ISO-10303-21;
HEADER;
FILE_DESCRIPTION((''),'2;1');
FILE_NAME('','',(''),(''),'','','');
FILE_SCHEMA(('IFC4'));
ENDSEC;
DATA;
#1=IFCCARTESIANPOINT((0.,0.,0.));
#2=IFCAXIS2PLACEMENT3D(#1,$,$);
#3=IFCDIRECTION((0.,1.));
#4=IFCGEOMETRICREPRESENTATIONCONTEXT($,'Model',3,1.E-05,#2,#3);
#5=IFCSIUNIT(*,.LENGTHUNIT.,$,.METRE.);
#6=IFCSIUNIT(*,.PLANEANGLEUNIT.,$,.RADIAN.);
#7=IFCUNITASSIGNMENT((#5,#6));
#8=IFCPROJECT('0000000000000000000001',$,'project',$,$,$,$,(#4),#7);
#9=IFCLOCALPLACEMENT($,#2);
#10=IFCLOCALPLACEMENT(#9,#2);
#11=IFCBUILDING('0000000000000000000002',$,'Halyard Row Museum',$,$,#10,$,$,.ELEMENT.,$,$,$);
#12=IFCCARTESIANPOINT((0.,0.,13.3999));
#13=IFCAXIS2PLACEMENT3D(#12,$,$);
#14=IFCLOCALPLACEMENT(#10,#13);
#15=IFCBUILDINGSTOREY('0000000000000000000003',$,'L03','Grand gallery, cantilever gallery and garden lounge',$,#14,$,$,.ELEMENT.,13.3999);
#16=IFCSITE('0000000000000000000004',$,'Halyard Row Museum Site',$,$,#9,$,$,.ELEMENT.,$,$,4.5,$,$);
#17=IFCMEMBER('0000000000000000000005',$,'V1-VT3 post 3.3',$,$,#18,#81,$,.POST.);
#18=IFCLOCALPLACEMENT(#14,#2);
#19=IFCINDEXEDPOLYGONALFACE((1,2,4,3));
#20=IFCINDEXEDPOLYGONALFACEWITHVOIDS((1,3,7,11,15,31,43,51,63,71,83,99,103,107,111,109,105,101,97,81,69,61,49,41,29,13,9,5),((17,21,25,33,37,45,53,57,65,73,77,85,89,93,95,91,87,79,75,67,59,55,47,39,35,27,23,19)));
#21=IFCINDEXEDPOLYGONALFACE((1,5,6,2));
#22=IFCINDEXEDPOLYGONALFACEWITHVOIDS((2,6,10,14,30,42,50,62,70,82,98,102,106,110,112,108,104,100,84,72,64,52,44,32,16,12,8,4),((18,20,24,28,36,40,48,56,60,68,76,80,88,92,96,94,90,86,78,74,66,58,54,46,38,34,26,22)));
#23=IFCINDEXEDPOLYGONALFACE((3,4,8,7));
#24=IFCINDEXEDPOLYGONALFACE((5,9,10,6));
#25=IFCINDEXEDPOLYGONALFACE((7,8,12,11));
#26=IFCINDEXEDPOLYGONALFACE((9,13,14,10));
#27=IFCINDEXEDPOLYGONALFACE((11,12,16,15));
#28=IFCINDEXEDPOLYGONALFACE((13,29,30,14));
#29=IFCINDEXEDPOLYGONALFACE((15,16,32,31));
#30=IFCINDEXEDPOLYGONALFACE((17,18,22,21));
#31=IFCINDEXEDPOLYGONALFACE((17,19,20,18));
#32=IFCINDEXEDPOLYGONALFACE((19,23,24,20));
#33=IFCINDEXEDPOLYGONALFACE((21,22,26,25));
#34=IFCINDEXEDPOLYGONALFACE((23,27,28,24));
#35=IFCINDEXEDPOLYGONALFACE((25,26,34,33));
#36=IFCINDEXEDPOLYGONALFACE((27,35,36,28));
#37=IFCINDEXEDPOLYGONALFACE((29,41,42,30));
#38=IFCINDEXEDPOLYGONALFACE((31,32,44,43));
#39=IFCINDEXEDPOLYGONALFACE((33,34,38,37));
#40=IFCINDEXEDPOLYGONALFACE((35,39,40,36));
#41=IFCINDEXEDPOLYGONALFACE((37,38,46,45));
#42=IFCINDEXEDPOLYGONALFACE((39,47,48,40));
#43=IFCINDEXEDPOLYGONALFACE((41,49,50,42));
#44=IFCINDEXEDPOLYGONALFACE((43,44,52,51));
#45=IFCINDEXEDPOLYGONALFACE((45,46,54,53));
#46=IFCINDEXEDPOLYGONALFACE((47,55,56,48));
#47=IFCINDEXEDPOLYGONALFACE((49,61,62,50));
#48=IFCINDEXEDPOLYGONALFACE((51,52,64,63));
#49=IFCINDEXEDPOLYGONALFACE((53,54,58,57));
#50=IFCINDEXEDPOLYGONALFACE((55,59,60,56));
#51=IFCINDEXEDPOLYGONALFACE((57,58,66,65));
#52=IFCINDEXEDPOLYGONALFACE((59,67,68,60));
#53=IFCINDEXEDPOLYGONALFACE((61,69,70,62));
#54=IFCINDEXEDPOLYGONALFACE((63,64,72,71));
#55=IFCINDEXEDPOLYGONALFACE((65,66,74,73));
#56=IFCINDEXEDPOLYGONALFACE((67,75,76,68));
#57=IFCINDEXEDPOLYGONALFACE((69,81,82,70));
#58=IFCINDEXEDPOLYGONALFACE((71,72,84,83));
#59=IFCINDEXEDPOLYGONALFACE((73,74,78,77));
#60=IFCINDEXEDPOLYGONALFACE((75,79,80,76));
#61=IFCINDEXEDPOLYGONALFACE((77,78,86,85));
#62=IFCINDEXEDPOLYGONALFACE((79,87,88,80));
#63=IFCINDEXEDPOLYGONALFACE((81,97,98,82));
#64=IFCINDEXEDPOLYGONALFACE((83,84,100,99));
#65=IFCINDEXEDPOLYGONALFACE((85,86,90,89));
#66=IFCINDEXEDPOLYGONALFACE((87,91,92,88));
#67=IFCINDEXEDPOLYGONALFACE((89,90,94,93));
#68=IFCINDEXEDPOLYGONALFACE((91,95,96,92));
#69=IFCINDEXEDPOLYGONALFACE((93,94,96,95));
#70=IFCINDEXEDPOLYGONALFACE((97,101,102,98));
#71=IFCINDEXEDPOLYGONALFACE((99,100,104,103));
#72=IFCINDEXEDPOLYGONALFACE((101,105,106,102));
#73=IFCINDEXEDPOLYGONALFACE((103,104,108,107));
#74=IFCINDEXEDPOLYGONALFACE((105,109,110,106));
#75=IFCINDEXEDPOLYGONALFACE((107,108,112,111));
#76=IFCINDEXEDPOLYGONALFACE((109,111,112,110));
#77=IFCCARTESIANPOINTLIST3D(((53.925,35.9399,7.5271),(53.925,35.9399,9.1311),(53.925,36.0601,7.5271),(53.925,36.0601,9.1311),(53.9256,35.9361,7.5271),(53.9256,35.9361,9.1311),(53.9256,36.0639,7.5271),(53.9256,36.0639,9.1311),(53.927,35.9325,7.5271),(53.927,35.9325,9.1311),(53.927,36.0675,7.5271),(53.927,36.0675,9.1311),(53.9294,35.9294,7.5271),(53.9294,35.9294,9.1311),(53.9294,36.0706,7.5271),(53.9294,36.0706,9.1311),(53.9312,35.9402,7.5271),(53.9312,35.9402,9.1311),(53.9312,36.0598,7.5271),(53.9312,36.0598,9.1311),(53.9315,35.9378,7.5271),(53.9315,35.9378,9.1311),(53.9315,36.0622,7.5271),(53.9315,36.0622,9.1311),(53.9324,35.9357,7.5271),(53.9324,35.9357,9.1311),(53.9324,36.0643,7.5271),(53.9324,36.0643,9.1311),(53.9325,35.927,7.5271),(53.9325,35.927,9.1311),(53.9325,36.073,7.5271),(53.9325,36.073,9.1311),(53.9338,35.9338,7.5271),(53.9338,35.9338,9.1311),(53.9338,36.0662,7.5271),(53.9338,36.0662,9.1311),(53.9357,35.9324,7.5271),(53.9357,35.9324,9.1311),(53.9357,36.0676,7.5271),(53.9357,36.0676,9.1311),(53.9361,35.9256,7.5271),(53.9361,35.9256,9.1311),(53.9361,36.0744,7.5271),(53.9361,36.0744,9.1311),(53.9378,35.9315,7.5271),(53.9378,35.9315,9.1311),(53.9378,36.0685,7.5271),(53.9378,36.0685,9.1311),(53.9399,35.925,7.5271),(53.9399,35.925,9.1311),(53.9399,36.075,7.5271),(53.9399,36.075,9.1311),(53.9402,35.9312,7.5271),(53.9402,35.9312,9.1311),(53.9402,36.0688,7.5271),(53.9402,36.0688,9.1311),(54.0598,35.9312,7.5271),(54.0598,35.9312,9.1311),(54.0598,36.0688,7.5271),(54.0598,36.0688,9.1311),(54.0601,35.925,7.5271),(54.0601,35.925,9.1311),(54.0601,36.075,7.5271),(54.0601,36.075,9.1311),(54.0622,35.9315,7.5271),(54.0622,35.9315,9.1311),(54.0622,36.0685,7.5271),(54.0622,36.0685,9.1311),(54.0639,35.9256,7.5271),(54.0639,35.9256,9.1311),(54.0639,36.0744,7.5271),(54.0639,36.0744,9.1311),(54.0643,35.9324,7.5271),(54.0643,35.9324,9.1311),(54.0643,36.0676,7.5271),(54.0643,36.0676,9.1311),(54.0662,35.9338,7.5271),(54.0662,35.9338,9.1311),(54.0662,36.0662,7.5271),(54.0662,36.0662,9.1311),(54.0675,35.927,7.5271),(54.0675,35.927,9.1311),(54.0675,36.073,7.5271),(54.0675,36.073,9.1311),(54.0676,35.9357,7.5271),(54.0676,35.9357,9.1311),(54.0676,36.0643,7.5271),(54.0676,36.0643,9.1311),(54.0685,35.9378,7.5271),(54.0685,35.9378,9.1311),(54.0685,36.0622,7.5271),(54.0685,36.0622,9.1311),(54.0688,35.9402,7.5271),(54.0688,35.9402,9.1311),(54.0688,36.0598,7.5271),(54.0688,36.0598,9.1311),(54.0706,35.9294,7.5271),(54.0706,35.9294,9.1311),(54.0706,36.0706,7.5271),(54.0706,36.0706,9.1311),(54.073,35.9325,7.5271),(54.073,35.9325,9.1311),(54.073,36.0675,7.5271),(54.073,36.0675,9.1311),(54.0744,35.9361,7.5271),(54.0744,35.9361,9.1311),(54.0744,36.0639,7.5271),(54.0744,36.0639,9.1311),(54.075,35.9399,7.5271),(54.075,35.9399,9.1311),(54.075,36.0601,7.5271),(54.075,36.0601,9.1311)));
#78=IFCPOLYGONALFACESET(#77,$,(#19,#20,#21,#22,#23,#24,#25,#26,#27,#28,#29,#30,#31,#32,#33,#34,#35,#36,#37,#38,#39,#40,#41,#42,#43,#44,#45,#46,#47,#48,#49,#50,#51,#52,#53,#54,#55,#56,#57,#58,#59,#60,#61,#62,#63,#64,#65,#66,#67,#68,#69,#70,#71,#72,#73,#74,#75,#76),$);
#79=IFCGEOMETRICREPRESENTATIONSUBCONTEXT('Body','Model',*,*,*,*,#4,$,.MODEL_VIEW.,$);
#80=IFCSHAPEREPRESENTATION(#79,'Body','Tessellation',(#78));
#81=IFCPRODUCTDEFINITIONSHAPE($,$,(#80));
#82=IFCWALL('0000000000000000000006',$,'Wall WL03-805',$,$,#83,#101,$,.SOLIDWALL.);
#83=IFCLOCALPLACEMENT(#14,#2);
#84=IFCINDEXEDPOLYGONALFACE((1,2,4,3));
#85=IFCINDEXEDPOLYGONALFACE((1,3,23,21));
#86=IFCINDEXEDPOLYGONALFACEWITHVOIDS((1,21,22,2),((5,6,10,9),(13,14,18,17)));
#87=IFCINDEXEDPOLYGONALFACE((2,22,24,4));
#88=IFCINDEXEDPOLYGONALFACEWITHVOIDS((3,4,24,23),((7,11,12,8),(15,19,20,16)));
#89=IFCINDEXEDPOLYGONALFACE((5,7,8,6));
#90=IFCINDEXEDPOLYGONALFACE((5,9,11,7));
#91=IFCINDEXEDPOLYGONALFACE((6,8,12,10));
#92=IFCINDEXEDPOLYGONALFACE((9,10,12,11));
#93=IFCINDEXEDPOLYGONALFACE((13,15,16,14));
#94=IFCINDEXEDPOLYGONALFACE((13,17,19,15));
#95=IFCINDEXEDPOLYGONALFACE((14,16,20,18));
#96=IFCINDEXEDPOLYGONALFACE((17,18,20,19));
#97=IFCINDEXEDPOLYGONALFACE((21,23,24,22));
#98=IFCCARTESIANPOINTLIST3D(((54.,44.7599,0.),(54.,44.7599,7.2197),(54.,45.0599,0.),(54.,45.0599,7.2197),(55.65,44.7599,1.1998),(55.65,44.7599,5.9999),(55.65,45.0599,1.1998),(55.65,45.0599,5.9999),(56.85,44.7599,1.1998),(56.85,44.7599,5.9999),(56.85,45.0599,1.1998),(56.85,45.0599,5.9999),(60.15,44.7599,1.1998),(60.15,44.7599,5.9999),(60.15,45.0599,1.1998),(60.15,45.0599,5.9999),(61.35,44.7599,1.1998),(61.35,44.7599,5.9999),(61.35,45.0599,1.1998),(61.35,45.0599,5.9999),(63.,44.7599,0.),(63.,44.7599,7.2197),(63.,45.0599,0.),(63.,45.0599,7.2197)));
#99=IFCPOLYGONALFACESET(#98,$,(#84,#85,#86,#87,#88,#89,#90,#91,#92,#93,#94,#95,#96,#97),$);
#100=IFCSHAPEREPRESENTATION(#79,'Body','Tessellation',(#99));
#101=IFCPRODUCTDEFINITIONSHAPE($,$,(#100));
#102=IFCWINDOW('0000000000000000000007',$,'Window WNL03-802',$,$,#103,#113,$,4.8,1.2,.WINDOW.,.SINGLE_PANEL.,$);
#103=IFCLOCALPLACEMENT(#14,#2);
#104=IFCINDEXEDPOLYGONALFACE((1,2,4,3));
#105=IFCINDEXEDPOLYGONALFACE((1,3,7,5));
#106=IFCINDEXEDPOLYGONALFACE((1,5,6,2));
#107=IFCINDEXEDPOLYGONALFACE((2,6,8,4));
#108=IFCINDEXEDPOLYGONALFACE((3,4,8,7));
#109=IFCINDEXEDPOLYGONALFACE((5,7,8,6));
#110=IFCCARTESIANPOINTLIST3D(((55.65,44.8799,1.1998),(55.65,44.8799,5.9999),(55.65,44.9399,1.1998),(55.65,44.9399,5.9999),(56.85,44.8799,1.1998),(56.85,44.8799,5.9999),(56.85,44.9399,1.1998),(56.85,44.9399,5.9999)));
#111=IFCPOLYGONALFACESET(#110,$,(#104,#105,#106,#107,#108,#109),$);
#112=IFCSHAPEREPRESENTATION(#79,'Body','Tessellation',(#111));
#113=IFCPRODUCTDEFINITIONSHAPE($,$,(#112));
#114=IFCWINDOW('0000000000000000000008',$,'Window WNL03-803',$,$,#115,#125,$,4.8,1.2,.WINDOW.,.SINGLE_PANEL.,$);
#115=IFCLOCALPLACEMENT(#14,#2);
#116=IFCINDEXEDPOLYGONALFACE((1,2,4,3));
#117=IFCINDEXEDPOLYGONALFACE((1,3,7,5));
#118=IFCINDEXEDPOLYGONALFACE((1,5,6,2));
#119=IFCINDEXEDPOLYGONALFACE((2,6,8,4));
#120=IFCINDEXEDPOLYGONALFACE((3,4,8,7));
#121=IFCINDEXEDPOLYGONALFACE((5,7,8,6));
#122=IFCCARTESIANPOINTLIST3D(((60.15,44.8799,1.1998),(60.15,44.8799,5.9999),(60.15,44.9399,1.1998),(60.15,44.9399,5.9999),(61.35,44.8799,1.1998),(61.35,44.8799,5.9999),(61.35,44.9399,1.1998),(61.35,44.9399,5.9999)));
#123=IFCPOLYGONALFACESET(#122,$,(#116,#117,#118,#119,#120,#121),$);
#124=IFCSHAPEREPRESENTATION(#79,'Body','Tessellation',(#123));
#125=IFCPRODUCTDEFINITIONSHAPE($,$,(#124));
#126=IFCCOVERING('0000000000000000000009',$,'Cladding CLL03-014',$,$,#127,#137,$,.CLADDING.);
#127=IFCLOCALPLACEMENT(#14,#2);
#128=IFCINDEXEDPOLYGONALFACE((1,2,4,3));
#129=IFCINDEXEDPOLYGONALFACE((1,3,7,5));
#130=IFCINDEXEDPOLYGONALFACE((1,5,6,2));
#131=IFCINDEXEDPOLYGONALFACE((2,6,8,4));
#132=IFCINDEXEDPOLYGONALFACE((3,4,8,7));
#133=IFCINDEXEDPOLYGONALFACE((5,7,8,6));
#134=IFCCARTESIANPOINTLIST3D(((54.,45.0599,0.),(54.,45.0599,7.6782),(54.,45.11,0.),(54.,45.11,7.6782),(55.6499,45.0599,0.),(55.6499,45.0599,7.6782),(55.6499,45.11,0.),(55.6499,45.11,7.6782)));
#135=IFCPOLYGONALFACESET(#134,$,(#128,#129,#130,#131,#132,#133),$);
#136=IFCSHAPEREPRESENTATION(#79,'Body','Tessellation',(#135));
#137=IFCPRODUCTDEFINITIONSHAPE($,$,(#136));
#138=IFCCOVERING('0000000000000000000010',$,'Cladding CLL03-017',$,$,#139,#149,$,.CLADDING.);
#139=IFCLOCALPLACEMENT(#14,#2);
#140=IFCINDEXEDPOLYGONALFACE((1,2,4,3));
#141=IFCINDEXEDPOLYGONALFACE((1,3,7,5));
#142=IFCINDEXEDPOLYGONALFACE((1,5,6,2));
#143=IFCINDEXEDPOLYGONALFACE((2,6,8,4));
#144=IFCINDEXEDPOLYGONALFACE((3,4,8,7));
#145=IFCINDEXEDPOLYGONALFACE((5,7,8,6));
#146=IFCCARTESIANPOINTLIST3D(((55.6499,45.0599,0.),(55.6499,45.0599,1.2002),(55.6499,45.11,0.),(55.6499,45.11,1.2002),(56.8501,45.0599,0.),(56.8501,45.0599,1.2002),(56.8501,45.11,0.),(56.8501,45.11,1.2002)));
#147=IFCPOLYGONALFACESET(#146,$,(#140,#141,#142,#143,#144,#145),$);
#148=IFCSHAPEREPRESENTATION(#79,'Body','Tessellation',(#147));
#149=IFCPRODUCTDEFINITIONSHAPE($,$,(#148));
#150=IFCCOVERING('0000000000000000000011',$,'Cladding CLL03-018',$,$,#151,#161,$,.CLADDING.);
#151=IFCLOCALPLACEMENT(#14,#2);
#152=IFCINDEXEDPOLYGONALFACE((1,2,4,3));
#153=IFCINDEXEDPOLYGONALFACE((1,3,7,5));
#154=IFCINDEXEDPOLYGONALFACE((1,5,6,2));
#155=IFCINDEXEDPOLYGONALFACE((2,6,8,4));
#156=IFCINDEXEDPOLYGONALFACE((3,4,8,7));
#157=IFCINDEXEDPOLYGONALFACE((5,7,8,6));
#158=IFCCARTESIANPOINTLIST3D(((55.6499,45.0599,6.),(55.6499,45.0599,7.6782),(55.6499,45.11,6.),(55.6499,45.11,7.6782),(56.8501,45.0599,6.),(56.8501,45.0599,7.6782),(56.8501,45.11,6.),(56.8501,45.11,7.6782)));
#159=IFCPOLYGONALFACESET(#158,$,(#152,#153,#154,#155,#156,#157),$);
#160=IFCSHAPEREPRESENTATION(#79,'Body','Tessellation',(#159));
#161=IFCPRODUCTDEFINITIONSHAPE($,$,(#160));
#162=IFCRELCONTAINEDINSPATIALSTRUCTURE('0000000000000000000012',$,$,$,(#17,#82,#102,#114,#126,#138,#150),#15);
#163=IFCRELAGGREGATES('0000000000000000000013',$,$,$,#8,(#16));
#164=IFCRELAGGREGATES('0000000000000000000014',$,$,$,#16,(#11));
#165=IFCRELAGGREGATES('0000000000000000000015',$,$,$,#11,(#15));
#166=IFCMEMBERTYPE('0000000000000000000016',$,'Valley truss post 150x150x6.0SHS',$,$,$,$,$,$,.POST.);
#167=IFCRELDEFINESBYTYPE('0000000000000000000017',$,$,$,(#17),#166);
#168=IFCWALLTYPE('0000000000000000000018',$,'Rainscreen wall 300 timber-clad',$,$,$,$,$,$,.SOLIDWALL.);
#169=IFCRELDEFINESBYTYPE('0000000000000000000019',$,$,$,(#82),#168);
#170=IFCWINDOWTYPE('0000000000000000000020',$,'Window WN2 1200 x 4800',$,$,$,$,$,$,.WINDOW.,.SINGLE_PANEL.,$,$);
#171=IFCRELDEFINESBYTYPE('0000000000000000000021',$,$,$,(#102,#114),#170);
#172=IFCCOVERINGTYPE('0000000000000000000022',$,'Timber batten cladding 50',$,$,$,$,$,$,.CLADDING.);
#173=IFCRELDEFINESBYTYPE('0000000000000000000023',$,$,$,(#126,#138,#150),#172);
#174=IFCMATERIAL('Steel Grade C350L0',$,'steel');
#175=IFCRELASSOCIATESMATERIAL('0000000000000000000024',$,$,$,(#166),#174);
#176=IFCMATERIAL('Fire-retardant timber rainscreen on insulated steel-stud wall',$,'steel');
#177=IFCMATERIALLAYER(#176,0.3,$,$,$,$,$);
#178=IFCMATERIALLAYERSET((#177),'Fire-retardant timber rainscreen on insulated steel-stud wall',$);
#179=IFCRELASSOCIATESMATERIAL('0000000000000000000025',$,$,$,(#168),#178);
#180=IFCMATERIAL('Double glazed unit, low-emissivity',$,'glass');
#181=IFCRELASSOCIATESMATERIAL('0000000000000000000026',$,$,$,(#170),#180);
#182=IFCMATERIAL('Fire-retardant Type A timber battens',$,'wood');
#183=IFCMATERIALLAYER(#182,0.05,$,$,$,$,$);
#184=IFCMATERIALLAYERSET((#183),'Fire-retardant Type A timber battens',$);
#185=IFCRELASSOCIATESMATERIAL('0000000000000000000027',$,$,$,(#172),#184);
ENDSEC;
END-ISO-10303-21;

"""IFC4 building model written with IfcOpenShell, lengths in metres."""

from ifc_helpers import new_model, si_unit, direction, frame, frame_2d, origin, origin_2d, place, context, subcontext, project, spatial, rectangle, hollow_rectangle, extrude, material, layer, layer_set, material_profile, profile_set, type_object, element, fill, save


model = new_model("IFC4")

# Units and contexts
model_context = context("Model", 3, precision=1e-05, world=origin(), true_north=direction((0.0, 1.0)))
body_context = subcontext(model_context, "Body", "Model", "MODEL_VIEW")
ifc_project = project(units=[si_unit("LENGTHUNIT", "METRE"), si_unit("PLANEANGLEUNIT", "RADIAN")], contexts=[model_context])

# Site, building, storey
site_placement = place(None, origin())
site = spatial("IfcSite", under=ifc_project, at=site_placement, Name="Halyard Row Museum Site", CompositionType="ELEMENT", RefElevation=4.5)
building_placement = place(site_placement, origin())
building = spatial("IfcBuilding", under=site, at=building_placement, Name="Halyard Row Museum", CompositionType="ELEMENT")
storey_placement = place(building_placement, frame((0.0, 0.0, 13.3999)))
storey = spatial("IfcBuildingStorey", under=building, at=storey_placement, Name="L03", Description="Grand gallery, cantilever gallery and garden lounge", CompositionType="ELEMENT", Elevation=13.3999)

# Member
ifc_material_1 = material(Name="Steel Grade C350L0", Category="steel")
ifc_material_profile_1 = material_profile(ifc_material_1, hollow_rectangle(XDim=0.1499, YDim=0.1499, WallThickness=0.0061, InnerFilletRadius=0.009, OuterFilletRadius=0.0149, at=origin_2d()), Name="150x150x6.0SHS")
ifc_profile_set_1 = profile_set([ifc_material_profile_1], Name="Steel Grade C350L0")
member_type_1 = type_object("IfcMemberType", Name="Valley truss post 150x150x6.0SHS", PredefinedType="POST", material=ifc_profile_set_1)
member_1_placement = place(storey_placement, frame((54.0, 36.0, 7.5271), z_axis=(0.0, 0.0, 1.0), x_axis=(1.0, 0.0, 0.0)))
element("IfcMember", 1, at=member_1_placement, inside=storey, type_object=member_type_1, Name="V1-VT3 post 3.3", PredefinedType="POST", context=body_context, shape_type="SweptSolid", body=[
    extrude(hollow_rectangle(XDim=0.1499, YDim=0.1499, WallThickness=0.0061, InnerFilletRadius=0.009, OuterFilletRadius=0.0149, at=origin_2d()), origin(), (0.0, 0.0, 1.0), 1.604),
])

# Wall, openings, windows
ifc_material_2 = material(Name="Fire-retardant timber rainscreen on insulated steel-stud wall", Category="steel")
ifc_layer_1 = layer(ifc_material_2, 0.3)
ifc_layer_set_1 = layer_set([ifc_layer_1], Name="Fire-retardant timber rainscreen on insulated steel-stud wall")
wall_type = type_object("IfcWallType", Name="Rainscreen wall 300 timber-clad", PredefinedType="SOLIDWALL", material=ifc_layer_set_1)
wall_placement = place(storey_placement, frame((54.0, 44.9099, 0.0), z_axis=(0.0, 0.0, 1.0), x_axis=(1.0, 0.0, 0.0)))
wall = element("IfcWall", 2, at=wall_placement, inside=storey, type_object=wall_type, Name="Wall WL03-805", PredefinedType="SOLIDWALL", context=body_context, shape_type="SweptSolid", body=[
    extrude(rectangle(XDim=9.0, YDim=0.3, at=frame_2d((4.5, 0.0))), origin(), (0.0, 0.0, 1.0), 7.2197),
])
opening_1_placement = place(wall_placement, frame((1.6499, 0.0, 1.2)))
opening_1 = element("IfcOpeningElement", 3, at=opening_1_placement, cuts=wall, PredefinedType="OPENING", context=body_context, shape_type="SweptSolid", body=[
    extrude(rectangle(XDim=1.2, YDim=4.8, at=frame_2d((0.6001, 2.3999))), frame((0.0, 0.1599, 0.0), z_axis=(0.0, -1.0, 0.0), x_axis=(1.0, 0.0, 0.0)), (0.0, 0.0, 1.0), 0.3201),
])
opening_2_placement = place(wall_placement, frame((6.1499, 0.0, 1.2)))
opening_2 = element("IfcOpeningElement", 4, at=opening_2_placement, cuts=wall, PredefinedType="OPENING", context=body_context, shape_type="SweptSolid", body=[
    extrude(rectangle(XDim=1.2, YDim=4.8, at=frame_2d((0.6001, 2.3999))), frame((0.0, 0.1599, 0.0), z_axis=(0.0, -1.0, 0.0), x_axis=(1.0, 0.0, 0.0)), (0.0, 0.0, 1.0), 0.3201),
])
ifc_material_3 = material(Name="Double glazed unit, low-emissivity", Category="glass")
window_type = type_object("IfcWindowType", Name="Window WN2 1200 x 4800", PartitioningType="SINGLE_PANEL", PredefinedType="WINDOW", material=ifc_material_3)
window_1_placement = place(opening_1_placement, origin())
window_1 = element("IfcWindow", 5, at=window_1_placement, inside=storey, type_object=window_type, Name="Window WNL03-802", OverallHeight=4.8, OverallWidth=1.2, PartitioningType="SINGLE_PANEL", PredefinedType="WINDOW", context=body_context, shape_type="SweptSolid", body=[
    extrude(rectangle(XDim=1.2, YDim=4.8, at=frame_2d((0.6001, 2.3999))), frame((0.0, 0.03, 0.0), z_axis=(0.0, -1.0, 0.0), x_axis=(1.0, 0.0, 0.0)), (0.0, 0.0, 1.0), 0.0601),
])
fill(opening_1, window_1)
window_2_placement = place(opening_2_placement, origin())
window_2 = element("IfcWindow", 6, at=window_2_placement, inside=storey, type_object=window_type, Name="Window WNL03-803", OverallHeight=4.8, OverallWidth=1.2, PartitioningType="SINGLE_PANEL", PredefinedType="WINDOW", context=body_context, shape_type="SweptSolid", body=[
    extrude(rectangle(XDim=1.2, YDim=4.8, at=frame_2d((0.6001, 2.3999))), frame((0.0, 0.03, 0.0), z_axis=(0.0, -1.0, 0.0), x_axis=(1.0, 0.0, 0.0)), (0.0, 0.0, 1.0), 0.0601),
])
fill(opening_2, window_2)

# Coverings
ifc_material_4 = material(Name="Fire-retardant Type A timber battens", Category="wood")
ifc_layer_2 = layer(ifc_material_4, 0.05)
ifc_layer_set_2 = layer_set([ifc_layer_2], Name="Fire-retardant Type A timber battens")
covering_type = type_object("IfcCoveringType", Name="Timber batten cladding 50", PredefinedType="CLADDING", material=ifc_layer_set_2)
covering_1_placement = place(storey_placement, frame((55.6499, 45.085, 0.0), z_axis=(0.0, 0.0, 1.0), x_axis=(-1.0, 0.0, 0.0)))
element("IfcCovering", 7, at=covering_1_placement, inside=storey, type_object=covering_type, Name="Cladding CLL03-014", PredefinedType="CLADDING", context=body_context, shape_type="SweptSolid", body=[
    extrude(rectangle(XDim=1.6499, YDim=0.05, at=frame_2d((0.825, 0.0))), origin(), (0.0, 0.0, 1.0), 7.6782),
])
covering_2_placement = place(storey_placement, frame((56.8501, 45.085, 0.0), z_axis=(0.0, 0.0, 1.0), x_axis=(-1.0, 0.0, 0.0)))
element("IfcCovering", 8, at=covering_2_placement, inside=storey, type_object=covering_type, Name="Cladding CLL03-017", PredefinedType="CLADDING", context=body_context, shape_type="SweptSolid", body=[
    extrude(rectangle(XDim=1.2002, YDim=0.05, at=frame_2d((0.6001, 0.0))), origin(), (0.0, 0.0, 1.0), 1.2002),
])
covering_3_placement = place(storey_placement, frame((56.8501, 45.085, 6.0), z_axis=(0.0, 0.0, 1.0), x_axis=(-1.0, 0.0, 0.0)))
element("IfcCovering", 9, at=covering_3_placement, inside=storey, type_object=covering_type, Name="Cladding CLL03-018", PredefinedType="CLADDING", context=body_context, shape_type="SweptSolid", body=[
    extrude(rectangle(XDim=1.2002, YDim=0.05, at=frame_2d((0.6001, 0.0))), origin(), (0.0, 0.0, 1.0), 1.6782),
])

save(model, "model.ifc")
